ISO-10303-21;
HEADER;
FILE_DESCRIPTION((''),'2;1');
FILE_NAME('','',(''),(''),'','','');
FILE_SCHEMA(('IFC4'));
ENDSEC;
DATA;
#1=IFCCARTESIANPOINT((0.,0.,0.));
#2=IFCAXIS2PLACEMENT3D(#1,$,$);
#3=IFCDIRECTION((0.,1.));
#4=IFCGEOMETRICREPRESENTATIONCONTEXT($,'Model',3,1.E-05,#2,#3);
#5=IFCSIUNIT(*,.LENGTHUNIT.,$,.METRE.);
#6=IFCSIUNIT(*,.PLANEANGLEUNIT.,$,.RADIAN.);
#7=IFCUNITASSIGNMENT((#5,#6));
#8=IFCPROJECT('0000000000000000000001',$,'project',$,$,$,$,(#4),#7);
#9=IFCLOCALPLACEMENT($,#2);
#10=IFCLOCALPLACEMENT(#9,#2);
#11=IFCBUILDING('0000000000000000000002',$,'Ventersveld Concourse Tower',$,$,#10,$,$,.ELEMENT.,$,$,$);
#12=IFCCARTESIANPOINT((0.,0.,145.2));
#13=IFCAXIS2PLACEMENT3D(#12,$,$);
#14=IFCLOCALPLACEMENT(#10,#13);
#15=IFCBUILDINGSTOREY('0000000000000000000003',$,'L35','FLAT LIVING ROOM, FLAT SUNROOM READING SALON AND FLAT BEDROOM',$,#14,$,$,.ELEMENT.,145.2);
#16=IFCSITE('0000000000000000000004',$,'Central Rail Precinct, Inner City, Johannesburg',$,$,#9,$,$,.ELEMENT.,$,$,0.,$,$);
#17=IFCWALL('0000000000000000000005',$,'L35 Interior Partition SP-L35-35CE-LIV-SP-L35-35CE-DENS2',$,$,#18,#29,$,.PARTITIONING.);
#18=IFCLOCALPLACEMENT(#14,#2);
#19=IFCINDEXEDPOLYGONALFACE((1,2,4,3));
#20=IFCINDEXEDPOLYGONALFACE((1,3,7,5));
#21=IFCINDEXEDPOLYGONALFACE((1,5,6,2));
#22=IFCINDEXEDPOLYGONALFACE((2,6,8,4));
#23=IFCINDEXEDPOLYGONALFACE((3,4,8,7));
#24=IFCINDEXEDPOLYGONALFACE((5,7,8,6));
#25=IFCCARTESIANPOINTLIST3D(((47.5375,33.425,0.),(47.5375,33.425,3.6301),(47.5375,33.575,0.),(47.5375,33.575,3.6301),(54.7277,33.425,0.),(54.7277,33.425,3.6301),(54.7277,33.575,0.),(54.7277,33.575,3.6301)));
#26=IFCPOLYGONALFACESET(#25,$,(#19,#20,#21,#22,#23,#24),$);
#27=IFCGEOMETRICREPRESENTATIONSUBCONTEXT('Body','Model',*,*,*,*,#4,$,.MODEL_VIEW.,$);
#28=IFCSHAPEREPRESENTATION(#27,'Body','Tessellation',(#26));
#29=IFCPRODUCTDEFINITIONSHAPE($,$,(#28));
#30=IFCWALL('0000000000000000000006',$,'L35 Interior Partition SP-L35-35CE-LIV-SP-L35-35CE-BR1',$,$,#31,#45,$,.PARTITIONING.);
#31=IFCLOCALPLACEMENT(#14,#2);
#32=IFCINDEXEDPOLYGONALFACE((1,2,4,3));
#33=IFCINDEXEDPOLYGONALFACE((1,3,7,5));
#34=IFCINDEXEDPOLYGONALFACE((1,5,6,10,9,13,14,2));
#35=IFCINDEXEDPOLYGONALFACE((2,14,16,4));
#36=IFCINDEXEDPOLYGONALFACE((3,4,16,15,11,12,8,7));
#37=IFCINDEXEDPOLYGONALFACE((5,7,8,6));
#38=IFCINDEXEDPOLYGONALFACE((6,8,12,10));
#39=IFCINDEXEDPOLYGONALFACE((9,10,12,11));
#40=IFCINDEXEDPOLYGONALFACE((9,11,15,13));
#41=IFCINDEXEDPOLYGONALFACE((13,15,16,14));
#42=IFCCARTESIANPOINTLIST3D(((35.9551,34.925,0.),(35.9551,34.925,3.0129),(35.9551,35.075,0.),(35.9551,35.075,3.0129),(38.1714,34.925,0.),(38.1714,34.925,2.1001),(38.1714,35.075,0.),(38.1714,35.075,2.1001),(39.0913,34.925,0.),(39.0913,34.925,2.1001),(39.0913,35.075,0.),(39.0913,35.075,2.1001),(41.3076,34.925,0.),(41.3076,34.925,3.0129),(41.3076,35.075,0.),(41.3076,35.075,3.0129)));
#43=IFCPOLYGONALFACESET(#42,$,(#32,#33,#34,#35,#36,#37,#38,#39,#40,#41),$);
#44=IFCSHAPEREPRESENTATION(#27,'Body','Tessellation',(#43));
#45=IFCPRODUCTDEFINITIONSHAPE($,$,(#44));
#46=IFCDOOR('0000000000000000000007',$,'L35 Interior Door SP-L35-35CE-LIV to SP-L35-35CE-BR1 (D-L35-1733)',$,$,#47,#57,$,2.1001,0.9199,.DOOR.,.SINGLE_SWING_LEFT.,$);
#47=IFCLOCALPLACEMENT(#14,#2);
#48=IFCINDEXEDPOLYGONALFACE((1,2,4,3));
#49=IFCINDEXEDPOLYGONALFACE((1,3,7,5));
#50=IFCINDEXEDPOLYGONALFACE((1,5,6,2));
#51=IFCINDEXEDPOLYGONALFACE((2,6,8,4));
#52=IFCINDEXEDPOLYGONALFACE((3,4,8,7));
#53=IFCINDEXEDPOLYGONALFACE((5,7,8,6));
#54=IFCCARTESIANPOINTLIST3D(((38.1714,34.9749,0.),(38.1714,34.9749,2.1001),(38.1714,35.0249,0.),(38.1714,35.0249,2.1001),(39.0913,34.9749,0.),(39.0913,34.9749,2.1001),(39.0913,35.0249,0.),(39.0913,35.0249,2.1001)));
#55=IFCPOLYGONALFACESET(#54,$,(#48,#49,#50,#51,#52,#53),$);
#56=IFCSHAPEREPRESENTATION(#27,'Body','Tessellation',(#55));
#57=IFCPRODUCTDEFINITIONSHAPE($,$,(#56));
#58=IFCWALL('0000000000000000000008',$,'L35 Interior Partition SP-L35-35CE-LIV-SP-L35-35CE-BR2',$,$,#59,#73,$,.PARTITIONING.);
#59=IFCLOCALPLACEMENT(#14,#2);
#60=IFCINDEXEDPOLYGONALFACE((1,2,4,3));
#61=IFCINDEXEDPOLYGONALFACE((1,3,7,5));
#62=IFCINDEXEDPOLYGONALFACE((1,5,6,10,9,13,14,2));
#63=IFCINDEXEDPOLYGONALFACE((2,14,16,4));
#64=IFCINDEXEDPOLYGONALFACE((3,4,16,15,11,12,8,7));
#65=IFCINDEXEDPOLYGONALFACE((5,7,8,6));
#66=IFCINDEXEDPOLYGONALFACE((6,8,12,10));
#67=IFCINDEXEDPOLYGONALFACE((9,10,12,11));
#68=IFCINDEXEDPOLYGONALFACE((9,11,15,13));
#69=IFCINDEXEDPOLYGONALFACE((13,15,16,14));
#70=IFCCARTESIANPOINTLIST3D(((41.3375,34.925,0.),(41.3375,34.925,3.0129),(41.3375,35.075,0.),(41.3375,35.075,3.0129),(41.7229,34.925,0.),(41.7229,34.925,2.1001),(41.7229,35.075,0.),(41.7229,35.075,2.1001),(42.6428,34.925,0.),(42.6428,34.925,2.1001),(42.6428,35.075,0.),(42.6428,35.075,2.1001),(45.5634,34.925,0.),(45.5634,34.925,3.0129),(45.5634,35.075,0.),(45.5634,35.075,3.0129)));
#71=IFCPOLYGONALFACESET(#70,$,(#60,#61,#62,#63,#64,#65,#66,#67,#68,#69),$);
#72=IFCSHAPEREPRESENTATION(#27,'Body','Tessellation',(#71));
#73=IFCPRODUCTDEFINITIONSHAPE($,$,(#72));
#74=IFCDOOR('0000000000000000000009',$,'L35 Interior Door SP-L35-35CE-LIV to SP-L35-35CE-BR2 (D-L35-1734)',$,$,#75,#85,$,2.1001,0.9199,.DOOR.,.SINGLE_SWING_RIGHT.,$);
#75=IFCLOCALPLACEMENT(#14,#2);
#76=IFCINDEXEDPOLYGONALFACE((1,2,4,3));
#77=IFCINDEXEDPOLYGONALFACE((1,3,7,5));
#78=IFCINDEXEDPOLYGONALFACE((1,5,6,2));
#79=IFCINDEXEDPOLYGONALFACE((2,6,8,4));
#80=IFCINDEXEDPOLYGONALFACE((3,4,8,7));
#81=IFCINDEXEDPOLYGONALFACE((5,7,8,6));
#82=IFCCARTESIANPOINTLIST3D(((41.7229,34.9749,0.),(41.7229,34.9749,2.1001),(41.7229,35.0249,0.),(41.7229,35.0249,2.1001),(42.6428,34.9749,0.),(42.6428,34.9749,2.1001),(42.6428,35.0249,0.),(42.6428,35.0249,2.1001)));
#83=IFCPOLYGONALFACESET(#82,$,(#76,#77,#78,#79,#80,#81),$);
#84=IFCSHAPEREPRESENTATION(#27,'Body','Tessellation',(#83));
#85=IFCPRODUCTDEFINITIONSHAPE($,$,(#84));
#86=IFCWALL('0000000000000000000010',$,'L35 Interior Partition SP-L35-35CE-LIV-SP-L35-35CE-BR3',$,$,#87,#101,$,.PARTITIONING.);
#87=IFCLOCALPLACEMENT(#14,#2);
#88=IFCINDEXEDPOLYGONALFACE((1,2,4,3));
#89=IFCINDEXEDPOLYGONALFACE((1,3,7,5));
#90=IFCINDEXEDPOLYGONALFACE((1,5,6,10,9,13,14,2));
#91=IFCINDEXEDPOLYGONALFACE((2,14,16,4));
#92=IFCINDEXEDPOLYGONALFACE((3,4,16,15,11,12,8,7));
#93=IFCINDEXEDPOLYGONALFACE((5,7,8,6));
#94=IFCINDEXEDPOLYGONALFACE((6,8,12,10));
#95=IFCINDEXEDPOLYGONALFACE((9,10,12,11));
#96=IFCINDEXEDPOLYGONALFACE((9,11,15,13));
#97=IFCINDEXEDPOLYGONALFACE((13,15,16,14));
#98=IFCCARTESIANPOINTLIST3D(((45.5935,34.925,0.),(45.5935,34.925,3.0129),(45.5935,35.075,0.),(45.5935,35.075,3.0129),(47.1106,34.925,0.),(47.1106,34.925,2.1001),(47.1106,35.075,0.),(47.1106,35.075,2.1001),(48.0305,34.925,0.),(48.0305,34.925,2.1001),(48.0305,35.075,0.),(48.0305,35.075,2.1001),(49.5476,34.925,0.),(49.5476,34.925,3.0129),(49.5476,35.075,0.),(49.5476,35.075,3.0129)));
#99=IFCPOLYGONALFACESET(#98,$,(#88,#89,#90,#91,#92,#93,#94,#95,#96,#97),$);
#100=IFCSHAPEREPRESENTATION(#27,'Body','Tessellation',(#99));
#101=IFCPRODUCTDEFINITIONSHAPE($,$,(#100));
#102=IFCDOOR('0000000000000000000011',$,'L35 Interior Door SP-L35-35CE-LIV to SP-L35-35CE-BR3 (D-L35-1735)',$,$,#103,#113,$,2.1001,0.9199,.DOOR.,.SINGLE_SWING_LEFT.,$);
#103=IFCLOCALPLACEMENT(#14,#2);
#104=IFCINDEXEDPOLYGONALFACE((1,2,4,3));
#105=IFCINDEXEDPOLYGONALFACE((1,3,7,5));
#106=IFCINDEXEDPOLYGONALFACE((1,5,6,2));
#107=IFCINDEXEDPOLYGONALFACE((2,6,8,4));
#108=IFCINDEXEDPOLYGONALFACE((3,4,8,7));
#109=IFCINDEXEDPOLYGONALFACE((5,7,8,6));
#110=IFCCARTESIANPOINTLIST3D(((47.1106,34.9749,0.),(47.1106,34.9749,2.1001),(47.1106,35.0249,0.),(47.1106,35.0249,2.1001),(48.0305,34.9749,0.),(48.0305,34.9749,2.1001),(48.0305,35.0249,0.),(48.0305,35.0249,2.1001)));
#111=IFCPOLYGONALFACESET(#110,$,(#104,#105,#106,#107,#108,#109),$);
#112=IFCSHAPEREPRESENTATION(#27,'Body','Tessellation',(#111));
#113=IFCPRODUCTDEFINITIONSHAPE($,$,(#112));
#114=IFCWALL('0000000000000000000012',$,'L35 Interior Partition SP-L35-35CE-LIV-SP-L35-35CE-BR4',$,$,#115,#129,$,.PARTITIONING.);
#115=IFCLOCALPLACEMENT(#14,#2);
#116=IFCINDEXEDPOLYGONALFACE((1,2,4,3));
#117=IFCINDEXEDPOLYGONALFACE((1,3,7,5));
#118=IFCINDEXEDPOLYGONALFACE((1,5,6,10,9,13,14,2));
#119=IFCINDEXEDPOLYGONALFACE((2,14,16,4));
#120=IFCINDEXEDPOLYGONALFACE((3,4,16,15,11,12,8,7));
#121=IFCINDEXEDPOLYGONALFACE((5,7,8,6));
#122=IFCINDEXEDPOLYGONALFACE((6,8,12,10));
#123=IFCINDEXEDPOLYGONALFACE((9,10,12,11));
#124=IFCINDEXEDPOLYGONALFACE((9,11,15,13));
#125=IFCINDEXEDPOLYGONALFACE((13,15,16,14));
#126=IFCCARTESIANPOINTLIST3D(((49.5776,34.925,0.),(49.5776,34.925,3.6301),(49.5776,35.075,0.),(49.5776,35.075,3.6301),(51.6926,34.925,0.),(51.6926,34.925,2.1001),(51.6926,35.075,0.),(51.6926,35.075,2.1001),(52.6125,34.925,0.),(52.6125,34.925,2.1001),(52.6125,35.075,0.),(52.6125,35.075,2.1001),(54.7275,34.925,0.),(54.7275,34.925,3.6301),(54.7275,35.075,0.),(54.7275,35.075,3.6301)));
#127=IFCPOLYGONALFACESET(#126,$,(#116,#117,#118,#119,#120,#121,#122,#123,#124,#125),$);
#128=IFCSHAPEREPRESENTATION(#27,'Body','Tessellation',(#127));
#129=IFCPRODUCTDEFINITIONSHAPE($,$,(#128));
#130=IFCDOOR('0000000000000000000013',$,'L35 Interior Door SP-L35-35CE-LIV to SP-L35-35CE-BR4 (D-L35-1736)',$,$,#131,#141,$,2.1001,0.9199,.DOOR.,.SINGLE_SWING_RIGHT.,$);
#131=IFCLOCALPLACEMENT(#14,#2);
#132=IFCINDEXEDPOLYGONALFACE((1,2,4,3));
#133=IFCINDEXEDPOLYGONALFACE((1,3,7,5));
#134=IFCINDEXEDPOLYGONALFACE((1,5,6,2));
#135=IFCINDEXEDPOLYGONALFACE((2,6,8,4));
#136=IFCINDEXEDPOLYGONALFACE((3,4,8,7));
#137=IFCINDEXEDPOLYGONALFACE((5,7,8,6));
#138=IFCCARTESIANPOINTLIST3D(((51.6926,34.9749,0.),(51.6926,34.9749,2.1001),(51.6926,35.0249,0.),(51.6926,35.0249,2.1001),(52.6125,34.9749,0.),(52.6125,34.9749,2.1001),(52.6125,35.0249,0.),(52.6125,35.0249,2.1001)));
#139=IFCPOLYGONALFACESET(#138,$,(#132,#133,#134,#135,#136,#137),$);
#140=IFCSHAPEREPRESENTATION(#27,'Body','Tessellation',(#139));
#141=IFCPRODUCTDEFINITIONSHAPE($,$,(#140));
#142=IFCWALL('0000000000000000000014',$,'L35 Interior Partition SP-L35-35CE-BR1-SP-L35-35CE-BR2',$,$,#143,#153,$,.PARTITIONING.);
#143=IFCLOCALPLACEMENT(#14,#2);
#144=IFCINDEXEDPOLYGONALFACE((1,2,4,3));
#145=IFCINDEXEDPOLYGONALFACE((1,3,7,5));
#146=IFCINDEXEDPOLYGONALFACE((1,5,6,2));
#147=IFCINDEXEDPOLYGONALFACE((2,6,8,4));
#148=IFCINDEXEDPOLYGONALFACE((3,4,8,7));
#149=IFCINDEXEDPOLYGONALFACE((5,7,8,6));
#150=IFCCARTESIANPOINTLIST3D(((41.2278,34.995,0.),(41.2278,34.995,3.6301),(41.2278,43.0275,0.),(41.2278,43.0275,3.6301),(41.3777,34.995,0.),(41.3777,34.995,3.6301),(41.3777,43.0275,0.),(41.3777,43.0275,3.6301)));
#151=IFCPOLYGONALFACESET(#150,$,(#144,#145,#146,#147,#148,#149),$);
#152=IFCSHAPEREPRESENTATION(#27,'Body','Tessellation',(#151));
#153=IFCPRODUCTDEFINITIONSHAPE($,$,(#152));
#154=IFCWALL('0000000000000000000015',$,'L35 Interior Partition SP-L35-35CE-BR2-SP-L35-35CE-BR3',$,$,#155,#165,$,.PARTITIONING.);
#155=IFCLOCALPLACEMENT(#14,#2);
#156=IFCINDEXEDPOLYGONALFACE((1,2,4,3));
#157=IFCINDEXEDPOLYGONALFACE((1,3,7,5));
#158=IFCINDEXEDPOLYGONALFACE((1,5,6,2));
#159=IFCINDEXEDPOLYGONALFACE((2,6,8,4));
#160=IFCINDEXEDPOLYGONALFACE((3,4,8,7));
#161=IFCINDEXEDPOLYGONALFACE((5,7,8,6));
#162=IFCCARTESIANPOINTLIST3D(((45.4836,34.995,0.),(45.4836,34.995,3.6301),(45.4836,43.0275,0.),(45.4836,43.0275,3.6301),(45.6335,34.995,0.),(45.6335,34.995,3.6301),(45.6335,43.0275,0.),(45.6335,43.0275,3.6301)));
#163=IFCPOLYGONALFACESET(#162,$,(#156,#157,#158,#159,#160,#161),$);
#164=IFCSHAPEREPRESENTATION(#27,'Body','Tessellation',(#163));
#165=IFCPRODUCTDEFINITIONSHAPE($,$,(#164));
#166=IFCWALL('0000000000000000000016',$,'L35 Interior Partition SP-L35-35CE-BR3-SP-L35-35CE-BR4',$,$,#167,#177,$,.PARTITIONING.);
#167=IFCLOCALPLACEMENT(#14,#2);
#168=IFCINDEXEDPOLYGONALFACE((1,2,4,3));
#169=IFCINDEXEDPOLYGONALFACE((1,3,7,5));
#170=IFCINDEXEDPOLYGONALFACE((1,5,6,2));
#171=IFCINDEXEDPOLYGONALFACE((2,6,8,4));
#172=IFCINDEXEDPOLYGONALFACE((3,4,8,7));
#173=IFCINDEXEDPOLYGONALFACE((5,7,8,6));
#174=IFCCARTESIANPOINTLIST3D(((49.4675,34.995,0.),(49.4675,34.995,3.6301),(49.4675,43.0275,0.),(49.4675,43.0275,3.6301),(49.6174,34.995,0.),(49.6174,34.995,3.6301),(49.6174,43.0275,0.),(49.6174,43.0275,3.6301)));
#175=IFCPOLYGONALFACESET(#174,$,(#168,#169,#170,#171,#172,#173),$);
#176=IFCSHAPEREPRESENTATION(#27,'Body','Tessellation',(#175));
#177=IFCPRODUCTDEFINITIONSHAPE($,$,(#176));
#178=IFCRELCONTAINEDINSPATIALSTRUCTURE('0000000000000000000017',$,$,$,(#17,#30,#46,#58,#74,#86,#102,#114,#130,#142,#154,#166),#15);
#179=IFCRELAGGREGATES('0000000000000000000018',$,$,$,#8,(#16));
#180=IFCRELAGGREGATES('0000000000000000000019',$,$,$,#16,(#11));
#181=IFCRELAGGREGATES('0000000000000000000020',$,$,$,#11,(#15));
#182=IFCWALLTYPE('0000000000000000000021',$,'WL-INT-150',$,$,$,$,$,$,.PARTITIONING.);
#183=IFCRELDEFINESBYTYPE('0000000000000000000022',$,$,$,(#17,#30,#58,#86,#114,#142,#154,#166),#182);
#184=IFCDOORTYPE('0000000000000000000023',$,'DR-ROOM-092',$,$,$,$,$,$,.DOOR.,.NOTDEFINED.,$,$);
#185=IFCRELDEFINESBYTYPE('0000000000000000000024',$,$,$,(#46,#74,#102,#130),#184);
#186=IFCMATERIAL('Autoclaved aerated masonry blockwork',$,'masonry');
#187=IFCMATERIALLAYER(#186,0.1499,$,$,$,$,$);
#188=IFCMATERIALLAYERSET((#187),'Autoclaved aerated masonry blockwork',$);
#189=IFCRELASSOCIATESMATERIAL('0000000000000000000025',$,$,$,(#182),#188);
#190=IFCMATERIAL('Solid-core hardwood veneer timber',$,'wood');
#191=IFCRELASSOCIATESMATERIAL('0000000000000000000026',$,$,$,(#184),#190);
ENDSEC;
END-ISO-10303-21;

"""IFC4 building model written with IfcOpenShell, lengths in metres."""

from ifc_helpers import new_model, si_unit, direction, frame, frame_2d, origin, place, context, subcontext, project, spatial, rectangle, extrude, material, layer, layer_set, type_object, element, fill, save


model = new_model("IFC4")

# Units and contexts
model_context = context("Model", 3, precision=1e-05, world=origin(), true_north=direction((0.0, 1.0)))
body_context = subcontext(model_context, "Body", "Model", "MODEL_VIEW")
ifc_project = project(units=[si_unit("LENGTHUNIT", "METRE"), si_unit("PLANEANGLEUNIT", "RADIAN")], contexts=[model_context])

# Site, building, storey
site_placement = place(None, origin())
site = spatial("IfcSite", under=ifc_project, at=site_placement, Name="Central Rail Precinct, Inner City, Johannesburg", CompositionType="ELEMENT", RefElevation=0.0)
building_placement = place(site_placement, origin())
building = spatial("IfcBuilding", under=site, at=building_placement, Name="Ventersveld Concourse Tower", CompositionType="ELEMENT")
storey_placement = place(building_placement, frame((0.0, 0.0, 145.2)))
storey = spatial("IfcBuildingStorey", under=building, at=storey_placement, Name="L35", Description="FLAT LIVING ROOM, FLAT SUNROOM READING SALON AND FLAT BEDROOM", CompositionType="ELEMENT", Elevation=145.2)

# Wall
ifc_material_1 = material(Name="Autoclaved aerated masonry blockwork", Category="masonry")
ifc_layer_1 = layer(ifc_material_1, 0.1499)
ifc_layer_set_1 = layer_set([ifc_layer_1], Name="Autoclaved aerated masonry blockwork")
wall_type_1 = type_object("IfcWallType", Name="WL-INT-150", PredefinedType="PARTITIONING", material=ifc_layer_set_1)
wall_1_placement = place(storey_placement, frame((47.5374, 33.5, 0.0), z_axis=(0.0, 0.0, 1.0), x_axis=(1.0, 0.0, 0.0)))
element("IfcWall", 1, at=wall_1_placement, inside=storey, type_object=wall_type_1, Name="L35 Interior Partition SP-L35-35CE-LIV-SP-L35-35CE-DENS2", PredefinedType="PARTITIONING", context=body_context, shape_type="SweptSolid", body=[
    extrude(rectangle(XDim=7.1902, YDim=0.1499, at=frame_2d((3.5952, 0.0))), origin(), (0.0, 0.0, 1.0), 3.6301),
])

# Walls, openings, doors
wall_2_placement = place(storey_placement, frame((35.9551, 35.0, 0.0), z_axis=(0.0, 0.0, 1.0), x_axis=(1.0, 0.0, 0.0)))
wall_2 = element("IfcWall", 2, at=wall_2_placement, inside=storey, type_object=wall_type_1, Name="L35 Interior Partition SP-L35-35CE-LIV-SP-L35-35CE-BR1", PredefinedType="PARTITIONING", context=body_context, shape_type="SweptSolid", body=[
    extrude(rectangle(XDim=5.3525, YDim=0.1499, at=frame_2d((2.6763, 0.0))), origin(), (0.0, 0.0, 1.0), 3.0129),
])
opening_1_placement = place(wall_2_placement, frame((2.2163, 0.0, 0.0)))
opening_1 = element("IfcOpeningElement", 3, at=opening_1_placement, cuts=wall_2, PredefinedType="OPENING", context=body_context, shape_type="SweptSolid", body=[
    extrude(rectangle(XDim=0.9199, YDim=2.1001, at=frame_2d((0.46, 1.05))), frame((0.0, 0.085, 0.0), z_axis=(0.0, -1.0, 0.0), x_axis=(1.0, 0.0, 0.0)), (0.0, 0.0, 1.0), 0.1699),
])
ifc_material_2 = material(Name="Solid-core hardwood veneer timber", Category="wood")
door_type = type_object("IfcDoorType", Name="DR-ROOM-092", OperationType="NOTDEFINED", PredefinedType="DOOR", material=ifc_material_2)
door_1_placement = place(opening_1_placement, origin())
door_1 = element("IfcDoor", 4, at=door_1_placement, inside=storey, type_object=door_type, Name="L35 Interior Door SP-L35-35CE-LIV to SP-L35-35CE-BR1 (D-L35-1733)", OperationType="SINGLE_SWING_LEFT", OverallHeight=2.1001, OverallWidth=0.9199, PredefinedType="DOOR", context=body_context, shape_type="SweptSolid", body=[
    extrude(rectangle(XDim=0.9199, YDim=2.1001, at=frame_2d((0.46, 1.05))), frame((0.0, 0.0249, 0.0), z_axis=(0.0, -1.0, 0.0), x_axis=(1.0, 0.0, 0.0)), (0.0, 0.0, 1.0), 0.05),
])
fill(opening_1, door_1)
wall_3_placement = place(storey_placement, frame((41.3376, 35.0, 0.0), z_axis=(0.0, 0.0, 1.0), x_axis=(1.0, 0.0, 0.0)))
wall_3 = element("IfcWall", 5, at=wall_3_placement, inside=storey, type_object=wall_type_1, Name="L35 Interior Partition SP-L35-35CE-LIV-SP-L35-35CE-BR2", PredefinedType="PARTITIONING", context=body_context, shape_type="SweptSolid", body=[
    extrude(rectangle(XDim=4.2258, YDim=0.1499, at=frame_2d((2.1128, 0.0))), origin(), (0.0, 0.0, 1.0), 3.0129),
])
opening_2_placement = place(wall_3_placement, frame((0.3853, 0.0, 0.0)))
opening_2 = element("IfcOpeningElement", 6, at=opening_2_placement, cuts=wall_3, PredefinedType="OPENING", context=body_context, shape_type="SweptSolid", body=[
    extrude(rectangle(XDim=0.9199, YDim=2.1001, at=frame_2d((0.46, 1.05))), frame((0.0, 0.085, 0.0), z_axis=(0.0, -1.0, 0.0), x_axis=(1.0, 0.0, 0.0)), (0.0, 0.0, 1.0), 0.1699),
])
door_2_placement = place(opening_2_placement, origin())
door_2 = element("IfcDoor", 7, at=door_2_placement, inside=storey, type_object=door_type, Name="L35 Interior Door SP-L35-35CE-LIV to SP-L35-35CE-BR2 (D-L35-1734)", OperationType="SINGLE_SWING_RIGHT", OverallHeight=2.1001, OverallWidth=0.9199, PredefinedType="DOOR", context=body_context, shape_type="SweptSolid", body=[
    extrude(rectangle(XDim=0.9199, YDim=2.1001, at=frame_2d((0.46, 1.05))), frame((0.0, 0.0249, 0.0), z_axis=(0.0, -1.0, 0.0), x_axis=(1.0, 0.0, 0.0)), (0.0, 0.0, 1.0), 0.05),
])
fill(opening_2, door_2)
wall_4_placement = place(storey_placement, frame((45.5935, 35.0, 0.0), z_axis=(0.0, 0.0, 1.0), x_axis=(1.0, 0.0, 0.0)))
wall_4 = element("IfcWall", 8, at=wall_4_placement, inside=storey, type_object=wall_type_1, Name="L35 Interior Partition SP-L35-35CE-LIV-SP-L35-35CE-BR3", PredefinedType="PARTITIONING", context=body_context, shape_type="SweptSolid", body=[
    extrude(rectangle(XDim=3.9541, YDim=0.1499, at=frame_2d((1.9771, 0.0))), origin(), (0.0, 0.0, 1.0), 3.0129),
])
opening_3_placement = place(wall_4_placement, frame((1.5171, 0.0, 0.0)))
opening_3 = element("IfcOpeningElement", 9, at=opening_3_placement, cuts=wall_4, PredefinedType="OPENING", context=body_context, shape_type="SweptSolid", body=[
    extrude(rectangle(XDim=0.9199, YDim=2.1001, at=frame_2d((0.46, 1.05))), frame((0.0, 0.085, 0.0), z_axis=(0.0, -1.0, 0.0), x_axis=(1.0, 0.0, 0.0)), (0.0, 0.0, 1.0), 0.1699),
])
door_3_placement = place(opening_3_placement, origin())
door_3 = element("IfcDoor", 10, at=door_3_placement, inside=storey, type_object=door_type, Name="L35 Interior Door SP-L35-35CE-LIV to SP-L35-35CE-BR3 (D-L35-1735)", OperationType="SINGLE_SWING_LEFT", OverallHeight=2.1001, OverallWidth=0.9199, PredefinedType="DOOR", context=body_context, shape_type="SweptSolid", body=[
    extrude(rectangle(XDim=0.9199, YDim=2.1001, at=frame_2d((0.46, 1.05))), frame((0.0, 0.0249, 0.0), z_axis=(0.0, -1.0, 0.0), x_axis=(1.0, 0.0, 0.0)), (0.0, 0.0, 1.0), 0.05),
])
fill(opening_3, door_3)
wall_5_placement = place(storey_placement, frame((49.5776, 35.0, 0.0), z_axis=(0.0, 0.0, 1.0), x_axis=(1.0, 0.0, 0.0)))
wall_5 = element("IfcWall", 11, at=wall_5_placement, inside=storey, type_object=wall_type_1, Name="L35 Interior Partition SP-L35-35CE-LIV-SP-L35-35CE-BR4", PredefinedType="PARTITIONING", context=body_context, shape_type="SweptSolid", body=[
    extrude(rectangle(XDim=5.1499, YDim=0.1499, at=frame_2d((2.575, 0.0))), origin(), (0.0, 0.0, 1.0), 3.6301),
])
opening_4_placement = place(wall_5_placement, frame((2.115, 0.0, 0.0)))
opening_4 = element("IfcOpeningElement", 12, at=opening_4_placement, cuts=wall_5, PredefinedType="OPENING", context=body_context, shape_type="SweptSolid", body=[
    extrude(rectangle(XDim=0.9199, YDim=2.1001, at=frame_2d((0.46, 1.05))), frame((0.0, 0.085, 0.0), z_axis=(0.0, -1.0, 0.0), x_axis=(1.0, 0.0, 0.0)), (0.0, 0.0, 1.0), 0.1699),
])
door_4_placement = place(opening_4_placement, origin())
door_4 = element("IfcDoor", 13, at=door_4_placement, inside=storey, type_object=door_type, Name="L35 Interior Door SP-L35-35CE-LIV to SP-L35-35CE-BR4 (D-L35-1736)", OperationType="SINGLE_SWING_RIGHT", OverallHeight=2.1001, OverallWidth=0.9199, PredefinedType="DOOR", context=body_context, shape_type="SweptSolid", body=[
    extrude(rectangle(XDim=0.9199, YDim=2.1001, at=frame_2d((0.46, 1.05))), frame((0.0, 0.0249, 0.0), z_axis=(0.0, -1.0, 0.0), x_axis=(1.0, 0.0, 0.0)), (0.0, 0.0, 1.0), 0.05),
])
fill(opening_4, door_4)

# Walls
for number, where, z_axis, x_axis, name in (
    (14, (41.3027, 34.9951, 0.0), (0.0, 0.0, 1.0), (0.0, 1.0, 0.0), "L35 Interior Partition SP-L35-35CE-BR1-SP-L35-35CE-BR2"),
    (15, (45.5586, 34.9951, 0.0), (0.0, 0.0, 1.0), (0.0, 1.0, 0.0), "L35 Interior Partition SP-L35-35CE-BR2-SP-L35-35CE-BR3"),
    (16, (49.5425, 34.9951, 0.0), (0.0, 0.0, 1.0), (0.0, 1.0, 0.0), "L35 Interior Partition SP-L35-35CE-BR3-SP-L35-35CE-BR4"),
):
    element("IfcWall", number, at=place(storey_placement, frame(where, z_axis=z_axis, x_axis=x_axis)), inside=storey, type_object=wall_type_1, Name=name, PredefinedType="PARTITIONING", context=body_context, shape_type="SweptSolid", body=[
        extrude(rectangle(XDim=8.0325, YDim=0.1499, at=frame_2d((4.0161, 0.0))), origin(), (0.0, 0.0, 1.0), 3.6301),
    ])

save(model, "model.ifc")
